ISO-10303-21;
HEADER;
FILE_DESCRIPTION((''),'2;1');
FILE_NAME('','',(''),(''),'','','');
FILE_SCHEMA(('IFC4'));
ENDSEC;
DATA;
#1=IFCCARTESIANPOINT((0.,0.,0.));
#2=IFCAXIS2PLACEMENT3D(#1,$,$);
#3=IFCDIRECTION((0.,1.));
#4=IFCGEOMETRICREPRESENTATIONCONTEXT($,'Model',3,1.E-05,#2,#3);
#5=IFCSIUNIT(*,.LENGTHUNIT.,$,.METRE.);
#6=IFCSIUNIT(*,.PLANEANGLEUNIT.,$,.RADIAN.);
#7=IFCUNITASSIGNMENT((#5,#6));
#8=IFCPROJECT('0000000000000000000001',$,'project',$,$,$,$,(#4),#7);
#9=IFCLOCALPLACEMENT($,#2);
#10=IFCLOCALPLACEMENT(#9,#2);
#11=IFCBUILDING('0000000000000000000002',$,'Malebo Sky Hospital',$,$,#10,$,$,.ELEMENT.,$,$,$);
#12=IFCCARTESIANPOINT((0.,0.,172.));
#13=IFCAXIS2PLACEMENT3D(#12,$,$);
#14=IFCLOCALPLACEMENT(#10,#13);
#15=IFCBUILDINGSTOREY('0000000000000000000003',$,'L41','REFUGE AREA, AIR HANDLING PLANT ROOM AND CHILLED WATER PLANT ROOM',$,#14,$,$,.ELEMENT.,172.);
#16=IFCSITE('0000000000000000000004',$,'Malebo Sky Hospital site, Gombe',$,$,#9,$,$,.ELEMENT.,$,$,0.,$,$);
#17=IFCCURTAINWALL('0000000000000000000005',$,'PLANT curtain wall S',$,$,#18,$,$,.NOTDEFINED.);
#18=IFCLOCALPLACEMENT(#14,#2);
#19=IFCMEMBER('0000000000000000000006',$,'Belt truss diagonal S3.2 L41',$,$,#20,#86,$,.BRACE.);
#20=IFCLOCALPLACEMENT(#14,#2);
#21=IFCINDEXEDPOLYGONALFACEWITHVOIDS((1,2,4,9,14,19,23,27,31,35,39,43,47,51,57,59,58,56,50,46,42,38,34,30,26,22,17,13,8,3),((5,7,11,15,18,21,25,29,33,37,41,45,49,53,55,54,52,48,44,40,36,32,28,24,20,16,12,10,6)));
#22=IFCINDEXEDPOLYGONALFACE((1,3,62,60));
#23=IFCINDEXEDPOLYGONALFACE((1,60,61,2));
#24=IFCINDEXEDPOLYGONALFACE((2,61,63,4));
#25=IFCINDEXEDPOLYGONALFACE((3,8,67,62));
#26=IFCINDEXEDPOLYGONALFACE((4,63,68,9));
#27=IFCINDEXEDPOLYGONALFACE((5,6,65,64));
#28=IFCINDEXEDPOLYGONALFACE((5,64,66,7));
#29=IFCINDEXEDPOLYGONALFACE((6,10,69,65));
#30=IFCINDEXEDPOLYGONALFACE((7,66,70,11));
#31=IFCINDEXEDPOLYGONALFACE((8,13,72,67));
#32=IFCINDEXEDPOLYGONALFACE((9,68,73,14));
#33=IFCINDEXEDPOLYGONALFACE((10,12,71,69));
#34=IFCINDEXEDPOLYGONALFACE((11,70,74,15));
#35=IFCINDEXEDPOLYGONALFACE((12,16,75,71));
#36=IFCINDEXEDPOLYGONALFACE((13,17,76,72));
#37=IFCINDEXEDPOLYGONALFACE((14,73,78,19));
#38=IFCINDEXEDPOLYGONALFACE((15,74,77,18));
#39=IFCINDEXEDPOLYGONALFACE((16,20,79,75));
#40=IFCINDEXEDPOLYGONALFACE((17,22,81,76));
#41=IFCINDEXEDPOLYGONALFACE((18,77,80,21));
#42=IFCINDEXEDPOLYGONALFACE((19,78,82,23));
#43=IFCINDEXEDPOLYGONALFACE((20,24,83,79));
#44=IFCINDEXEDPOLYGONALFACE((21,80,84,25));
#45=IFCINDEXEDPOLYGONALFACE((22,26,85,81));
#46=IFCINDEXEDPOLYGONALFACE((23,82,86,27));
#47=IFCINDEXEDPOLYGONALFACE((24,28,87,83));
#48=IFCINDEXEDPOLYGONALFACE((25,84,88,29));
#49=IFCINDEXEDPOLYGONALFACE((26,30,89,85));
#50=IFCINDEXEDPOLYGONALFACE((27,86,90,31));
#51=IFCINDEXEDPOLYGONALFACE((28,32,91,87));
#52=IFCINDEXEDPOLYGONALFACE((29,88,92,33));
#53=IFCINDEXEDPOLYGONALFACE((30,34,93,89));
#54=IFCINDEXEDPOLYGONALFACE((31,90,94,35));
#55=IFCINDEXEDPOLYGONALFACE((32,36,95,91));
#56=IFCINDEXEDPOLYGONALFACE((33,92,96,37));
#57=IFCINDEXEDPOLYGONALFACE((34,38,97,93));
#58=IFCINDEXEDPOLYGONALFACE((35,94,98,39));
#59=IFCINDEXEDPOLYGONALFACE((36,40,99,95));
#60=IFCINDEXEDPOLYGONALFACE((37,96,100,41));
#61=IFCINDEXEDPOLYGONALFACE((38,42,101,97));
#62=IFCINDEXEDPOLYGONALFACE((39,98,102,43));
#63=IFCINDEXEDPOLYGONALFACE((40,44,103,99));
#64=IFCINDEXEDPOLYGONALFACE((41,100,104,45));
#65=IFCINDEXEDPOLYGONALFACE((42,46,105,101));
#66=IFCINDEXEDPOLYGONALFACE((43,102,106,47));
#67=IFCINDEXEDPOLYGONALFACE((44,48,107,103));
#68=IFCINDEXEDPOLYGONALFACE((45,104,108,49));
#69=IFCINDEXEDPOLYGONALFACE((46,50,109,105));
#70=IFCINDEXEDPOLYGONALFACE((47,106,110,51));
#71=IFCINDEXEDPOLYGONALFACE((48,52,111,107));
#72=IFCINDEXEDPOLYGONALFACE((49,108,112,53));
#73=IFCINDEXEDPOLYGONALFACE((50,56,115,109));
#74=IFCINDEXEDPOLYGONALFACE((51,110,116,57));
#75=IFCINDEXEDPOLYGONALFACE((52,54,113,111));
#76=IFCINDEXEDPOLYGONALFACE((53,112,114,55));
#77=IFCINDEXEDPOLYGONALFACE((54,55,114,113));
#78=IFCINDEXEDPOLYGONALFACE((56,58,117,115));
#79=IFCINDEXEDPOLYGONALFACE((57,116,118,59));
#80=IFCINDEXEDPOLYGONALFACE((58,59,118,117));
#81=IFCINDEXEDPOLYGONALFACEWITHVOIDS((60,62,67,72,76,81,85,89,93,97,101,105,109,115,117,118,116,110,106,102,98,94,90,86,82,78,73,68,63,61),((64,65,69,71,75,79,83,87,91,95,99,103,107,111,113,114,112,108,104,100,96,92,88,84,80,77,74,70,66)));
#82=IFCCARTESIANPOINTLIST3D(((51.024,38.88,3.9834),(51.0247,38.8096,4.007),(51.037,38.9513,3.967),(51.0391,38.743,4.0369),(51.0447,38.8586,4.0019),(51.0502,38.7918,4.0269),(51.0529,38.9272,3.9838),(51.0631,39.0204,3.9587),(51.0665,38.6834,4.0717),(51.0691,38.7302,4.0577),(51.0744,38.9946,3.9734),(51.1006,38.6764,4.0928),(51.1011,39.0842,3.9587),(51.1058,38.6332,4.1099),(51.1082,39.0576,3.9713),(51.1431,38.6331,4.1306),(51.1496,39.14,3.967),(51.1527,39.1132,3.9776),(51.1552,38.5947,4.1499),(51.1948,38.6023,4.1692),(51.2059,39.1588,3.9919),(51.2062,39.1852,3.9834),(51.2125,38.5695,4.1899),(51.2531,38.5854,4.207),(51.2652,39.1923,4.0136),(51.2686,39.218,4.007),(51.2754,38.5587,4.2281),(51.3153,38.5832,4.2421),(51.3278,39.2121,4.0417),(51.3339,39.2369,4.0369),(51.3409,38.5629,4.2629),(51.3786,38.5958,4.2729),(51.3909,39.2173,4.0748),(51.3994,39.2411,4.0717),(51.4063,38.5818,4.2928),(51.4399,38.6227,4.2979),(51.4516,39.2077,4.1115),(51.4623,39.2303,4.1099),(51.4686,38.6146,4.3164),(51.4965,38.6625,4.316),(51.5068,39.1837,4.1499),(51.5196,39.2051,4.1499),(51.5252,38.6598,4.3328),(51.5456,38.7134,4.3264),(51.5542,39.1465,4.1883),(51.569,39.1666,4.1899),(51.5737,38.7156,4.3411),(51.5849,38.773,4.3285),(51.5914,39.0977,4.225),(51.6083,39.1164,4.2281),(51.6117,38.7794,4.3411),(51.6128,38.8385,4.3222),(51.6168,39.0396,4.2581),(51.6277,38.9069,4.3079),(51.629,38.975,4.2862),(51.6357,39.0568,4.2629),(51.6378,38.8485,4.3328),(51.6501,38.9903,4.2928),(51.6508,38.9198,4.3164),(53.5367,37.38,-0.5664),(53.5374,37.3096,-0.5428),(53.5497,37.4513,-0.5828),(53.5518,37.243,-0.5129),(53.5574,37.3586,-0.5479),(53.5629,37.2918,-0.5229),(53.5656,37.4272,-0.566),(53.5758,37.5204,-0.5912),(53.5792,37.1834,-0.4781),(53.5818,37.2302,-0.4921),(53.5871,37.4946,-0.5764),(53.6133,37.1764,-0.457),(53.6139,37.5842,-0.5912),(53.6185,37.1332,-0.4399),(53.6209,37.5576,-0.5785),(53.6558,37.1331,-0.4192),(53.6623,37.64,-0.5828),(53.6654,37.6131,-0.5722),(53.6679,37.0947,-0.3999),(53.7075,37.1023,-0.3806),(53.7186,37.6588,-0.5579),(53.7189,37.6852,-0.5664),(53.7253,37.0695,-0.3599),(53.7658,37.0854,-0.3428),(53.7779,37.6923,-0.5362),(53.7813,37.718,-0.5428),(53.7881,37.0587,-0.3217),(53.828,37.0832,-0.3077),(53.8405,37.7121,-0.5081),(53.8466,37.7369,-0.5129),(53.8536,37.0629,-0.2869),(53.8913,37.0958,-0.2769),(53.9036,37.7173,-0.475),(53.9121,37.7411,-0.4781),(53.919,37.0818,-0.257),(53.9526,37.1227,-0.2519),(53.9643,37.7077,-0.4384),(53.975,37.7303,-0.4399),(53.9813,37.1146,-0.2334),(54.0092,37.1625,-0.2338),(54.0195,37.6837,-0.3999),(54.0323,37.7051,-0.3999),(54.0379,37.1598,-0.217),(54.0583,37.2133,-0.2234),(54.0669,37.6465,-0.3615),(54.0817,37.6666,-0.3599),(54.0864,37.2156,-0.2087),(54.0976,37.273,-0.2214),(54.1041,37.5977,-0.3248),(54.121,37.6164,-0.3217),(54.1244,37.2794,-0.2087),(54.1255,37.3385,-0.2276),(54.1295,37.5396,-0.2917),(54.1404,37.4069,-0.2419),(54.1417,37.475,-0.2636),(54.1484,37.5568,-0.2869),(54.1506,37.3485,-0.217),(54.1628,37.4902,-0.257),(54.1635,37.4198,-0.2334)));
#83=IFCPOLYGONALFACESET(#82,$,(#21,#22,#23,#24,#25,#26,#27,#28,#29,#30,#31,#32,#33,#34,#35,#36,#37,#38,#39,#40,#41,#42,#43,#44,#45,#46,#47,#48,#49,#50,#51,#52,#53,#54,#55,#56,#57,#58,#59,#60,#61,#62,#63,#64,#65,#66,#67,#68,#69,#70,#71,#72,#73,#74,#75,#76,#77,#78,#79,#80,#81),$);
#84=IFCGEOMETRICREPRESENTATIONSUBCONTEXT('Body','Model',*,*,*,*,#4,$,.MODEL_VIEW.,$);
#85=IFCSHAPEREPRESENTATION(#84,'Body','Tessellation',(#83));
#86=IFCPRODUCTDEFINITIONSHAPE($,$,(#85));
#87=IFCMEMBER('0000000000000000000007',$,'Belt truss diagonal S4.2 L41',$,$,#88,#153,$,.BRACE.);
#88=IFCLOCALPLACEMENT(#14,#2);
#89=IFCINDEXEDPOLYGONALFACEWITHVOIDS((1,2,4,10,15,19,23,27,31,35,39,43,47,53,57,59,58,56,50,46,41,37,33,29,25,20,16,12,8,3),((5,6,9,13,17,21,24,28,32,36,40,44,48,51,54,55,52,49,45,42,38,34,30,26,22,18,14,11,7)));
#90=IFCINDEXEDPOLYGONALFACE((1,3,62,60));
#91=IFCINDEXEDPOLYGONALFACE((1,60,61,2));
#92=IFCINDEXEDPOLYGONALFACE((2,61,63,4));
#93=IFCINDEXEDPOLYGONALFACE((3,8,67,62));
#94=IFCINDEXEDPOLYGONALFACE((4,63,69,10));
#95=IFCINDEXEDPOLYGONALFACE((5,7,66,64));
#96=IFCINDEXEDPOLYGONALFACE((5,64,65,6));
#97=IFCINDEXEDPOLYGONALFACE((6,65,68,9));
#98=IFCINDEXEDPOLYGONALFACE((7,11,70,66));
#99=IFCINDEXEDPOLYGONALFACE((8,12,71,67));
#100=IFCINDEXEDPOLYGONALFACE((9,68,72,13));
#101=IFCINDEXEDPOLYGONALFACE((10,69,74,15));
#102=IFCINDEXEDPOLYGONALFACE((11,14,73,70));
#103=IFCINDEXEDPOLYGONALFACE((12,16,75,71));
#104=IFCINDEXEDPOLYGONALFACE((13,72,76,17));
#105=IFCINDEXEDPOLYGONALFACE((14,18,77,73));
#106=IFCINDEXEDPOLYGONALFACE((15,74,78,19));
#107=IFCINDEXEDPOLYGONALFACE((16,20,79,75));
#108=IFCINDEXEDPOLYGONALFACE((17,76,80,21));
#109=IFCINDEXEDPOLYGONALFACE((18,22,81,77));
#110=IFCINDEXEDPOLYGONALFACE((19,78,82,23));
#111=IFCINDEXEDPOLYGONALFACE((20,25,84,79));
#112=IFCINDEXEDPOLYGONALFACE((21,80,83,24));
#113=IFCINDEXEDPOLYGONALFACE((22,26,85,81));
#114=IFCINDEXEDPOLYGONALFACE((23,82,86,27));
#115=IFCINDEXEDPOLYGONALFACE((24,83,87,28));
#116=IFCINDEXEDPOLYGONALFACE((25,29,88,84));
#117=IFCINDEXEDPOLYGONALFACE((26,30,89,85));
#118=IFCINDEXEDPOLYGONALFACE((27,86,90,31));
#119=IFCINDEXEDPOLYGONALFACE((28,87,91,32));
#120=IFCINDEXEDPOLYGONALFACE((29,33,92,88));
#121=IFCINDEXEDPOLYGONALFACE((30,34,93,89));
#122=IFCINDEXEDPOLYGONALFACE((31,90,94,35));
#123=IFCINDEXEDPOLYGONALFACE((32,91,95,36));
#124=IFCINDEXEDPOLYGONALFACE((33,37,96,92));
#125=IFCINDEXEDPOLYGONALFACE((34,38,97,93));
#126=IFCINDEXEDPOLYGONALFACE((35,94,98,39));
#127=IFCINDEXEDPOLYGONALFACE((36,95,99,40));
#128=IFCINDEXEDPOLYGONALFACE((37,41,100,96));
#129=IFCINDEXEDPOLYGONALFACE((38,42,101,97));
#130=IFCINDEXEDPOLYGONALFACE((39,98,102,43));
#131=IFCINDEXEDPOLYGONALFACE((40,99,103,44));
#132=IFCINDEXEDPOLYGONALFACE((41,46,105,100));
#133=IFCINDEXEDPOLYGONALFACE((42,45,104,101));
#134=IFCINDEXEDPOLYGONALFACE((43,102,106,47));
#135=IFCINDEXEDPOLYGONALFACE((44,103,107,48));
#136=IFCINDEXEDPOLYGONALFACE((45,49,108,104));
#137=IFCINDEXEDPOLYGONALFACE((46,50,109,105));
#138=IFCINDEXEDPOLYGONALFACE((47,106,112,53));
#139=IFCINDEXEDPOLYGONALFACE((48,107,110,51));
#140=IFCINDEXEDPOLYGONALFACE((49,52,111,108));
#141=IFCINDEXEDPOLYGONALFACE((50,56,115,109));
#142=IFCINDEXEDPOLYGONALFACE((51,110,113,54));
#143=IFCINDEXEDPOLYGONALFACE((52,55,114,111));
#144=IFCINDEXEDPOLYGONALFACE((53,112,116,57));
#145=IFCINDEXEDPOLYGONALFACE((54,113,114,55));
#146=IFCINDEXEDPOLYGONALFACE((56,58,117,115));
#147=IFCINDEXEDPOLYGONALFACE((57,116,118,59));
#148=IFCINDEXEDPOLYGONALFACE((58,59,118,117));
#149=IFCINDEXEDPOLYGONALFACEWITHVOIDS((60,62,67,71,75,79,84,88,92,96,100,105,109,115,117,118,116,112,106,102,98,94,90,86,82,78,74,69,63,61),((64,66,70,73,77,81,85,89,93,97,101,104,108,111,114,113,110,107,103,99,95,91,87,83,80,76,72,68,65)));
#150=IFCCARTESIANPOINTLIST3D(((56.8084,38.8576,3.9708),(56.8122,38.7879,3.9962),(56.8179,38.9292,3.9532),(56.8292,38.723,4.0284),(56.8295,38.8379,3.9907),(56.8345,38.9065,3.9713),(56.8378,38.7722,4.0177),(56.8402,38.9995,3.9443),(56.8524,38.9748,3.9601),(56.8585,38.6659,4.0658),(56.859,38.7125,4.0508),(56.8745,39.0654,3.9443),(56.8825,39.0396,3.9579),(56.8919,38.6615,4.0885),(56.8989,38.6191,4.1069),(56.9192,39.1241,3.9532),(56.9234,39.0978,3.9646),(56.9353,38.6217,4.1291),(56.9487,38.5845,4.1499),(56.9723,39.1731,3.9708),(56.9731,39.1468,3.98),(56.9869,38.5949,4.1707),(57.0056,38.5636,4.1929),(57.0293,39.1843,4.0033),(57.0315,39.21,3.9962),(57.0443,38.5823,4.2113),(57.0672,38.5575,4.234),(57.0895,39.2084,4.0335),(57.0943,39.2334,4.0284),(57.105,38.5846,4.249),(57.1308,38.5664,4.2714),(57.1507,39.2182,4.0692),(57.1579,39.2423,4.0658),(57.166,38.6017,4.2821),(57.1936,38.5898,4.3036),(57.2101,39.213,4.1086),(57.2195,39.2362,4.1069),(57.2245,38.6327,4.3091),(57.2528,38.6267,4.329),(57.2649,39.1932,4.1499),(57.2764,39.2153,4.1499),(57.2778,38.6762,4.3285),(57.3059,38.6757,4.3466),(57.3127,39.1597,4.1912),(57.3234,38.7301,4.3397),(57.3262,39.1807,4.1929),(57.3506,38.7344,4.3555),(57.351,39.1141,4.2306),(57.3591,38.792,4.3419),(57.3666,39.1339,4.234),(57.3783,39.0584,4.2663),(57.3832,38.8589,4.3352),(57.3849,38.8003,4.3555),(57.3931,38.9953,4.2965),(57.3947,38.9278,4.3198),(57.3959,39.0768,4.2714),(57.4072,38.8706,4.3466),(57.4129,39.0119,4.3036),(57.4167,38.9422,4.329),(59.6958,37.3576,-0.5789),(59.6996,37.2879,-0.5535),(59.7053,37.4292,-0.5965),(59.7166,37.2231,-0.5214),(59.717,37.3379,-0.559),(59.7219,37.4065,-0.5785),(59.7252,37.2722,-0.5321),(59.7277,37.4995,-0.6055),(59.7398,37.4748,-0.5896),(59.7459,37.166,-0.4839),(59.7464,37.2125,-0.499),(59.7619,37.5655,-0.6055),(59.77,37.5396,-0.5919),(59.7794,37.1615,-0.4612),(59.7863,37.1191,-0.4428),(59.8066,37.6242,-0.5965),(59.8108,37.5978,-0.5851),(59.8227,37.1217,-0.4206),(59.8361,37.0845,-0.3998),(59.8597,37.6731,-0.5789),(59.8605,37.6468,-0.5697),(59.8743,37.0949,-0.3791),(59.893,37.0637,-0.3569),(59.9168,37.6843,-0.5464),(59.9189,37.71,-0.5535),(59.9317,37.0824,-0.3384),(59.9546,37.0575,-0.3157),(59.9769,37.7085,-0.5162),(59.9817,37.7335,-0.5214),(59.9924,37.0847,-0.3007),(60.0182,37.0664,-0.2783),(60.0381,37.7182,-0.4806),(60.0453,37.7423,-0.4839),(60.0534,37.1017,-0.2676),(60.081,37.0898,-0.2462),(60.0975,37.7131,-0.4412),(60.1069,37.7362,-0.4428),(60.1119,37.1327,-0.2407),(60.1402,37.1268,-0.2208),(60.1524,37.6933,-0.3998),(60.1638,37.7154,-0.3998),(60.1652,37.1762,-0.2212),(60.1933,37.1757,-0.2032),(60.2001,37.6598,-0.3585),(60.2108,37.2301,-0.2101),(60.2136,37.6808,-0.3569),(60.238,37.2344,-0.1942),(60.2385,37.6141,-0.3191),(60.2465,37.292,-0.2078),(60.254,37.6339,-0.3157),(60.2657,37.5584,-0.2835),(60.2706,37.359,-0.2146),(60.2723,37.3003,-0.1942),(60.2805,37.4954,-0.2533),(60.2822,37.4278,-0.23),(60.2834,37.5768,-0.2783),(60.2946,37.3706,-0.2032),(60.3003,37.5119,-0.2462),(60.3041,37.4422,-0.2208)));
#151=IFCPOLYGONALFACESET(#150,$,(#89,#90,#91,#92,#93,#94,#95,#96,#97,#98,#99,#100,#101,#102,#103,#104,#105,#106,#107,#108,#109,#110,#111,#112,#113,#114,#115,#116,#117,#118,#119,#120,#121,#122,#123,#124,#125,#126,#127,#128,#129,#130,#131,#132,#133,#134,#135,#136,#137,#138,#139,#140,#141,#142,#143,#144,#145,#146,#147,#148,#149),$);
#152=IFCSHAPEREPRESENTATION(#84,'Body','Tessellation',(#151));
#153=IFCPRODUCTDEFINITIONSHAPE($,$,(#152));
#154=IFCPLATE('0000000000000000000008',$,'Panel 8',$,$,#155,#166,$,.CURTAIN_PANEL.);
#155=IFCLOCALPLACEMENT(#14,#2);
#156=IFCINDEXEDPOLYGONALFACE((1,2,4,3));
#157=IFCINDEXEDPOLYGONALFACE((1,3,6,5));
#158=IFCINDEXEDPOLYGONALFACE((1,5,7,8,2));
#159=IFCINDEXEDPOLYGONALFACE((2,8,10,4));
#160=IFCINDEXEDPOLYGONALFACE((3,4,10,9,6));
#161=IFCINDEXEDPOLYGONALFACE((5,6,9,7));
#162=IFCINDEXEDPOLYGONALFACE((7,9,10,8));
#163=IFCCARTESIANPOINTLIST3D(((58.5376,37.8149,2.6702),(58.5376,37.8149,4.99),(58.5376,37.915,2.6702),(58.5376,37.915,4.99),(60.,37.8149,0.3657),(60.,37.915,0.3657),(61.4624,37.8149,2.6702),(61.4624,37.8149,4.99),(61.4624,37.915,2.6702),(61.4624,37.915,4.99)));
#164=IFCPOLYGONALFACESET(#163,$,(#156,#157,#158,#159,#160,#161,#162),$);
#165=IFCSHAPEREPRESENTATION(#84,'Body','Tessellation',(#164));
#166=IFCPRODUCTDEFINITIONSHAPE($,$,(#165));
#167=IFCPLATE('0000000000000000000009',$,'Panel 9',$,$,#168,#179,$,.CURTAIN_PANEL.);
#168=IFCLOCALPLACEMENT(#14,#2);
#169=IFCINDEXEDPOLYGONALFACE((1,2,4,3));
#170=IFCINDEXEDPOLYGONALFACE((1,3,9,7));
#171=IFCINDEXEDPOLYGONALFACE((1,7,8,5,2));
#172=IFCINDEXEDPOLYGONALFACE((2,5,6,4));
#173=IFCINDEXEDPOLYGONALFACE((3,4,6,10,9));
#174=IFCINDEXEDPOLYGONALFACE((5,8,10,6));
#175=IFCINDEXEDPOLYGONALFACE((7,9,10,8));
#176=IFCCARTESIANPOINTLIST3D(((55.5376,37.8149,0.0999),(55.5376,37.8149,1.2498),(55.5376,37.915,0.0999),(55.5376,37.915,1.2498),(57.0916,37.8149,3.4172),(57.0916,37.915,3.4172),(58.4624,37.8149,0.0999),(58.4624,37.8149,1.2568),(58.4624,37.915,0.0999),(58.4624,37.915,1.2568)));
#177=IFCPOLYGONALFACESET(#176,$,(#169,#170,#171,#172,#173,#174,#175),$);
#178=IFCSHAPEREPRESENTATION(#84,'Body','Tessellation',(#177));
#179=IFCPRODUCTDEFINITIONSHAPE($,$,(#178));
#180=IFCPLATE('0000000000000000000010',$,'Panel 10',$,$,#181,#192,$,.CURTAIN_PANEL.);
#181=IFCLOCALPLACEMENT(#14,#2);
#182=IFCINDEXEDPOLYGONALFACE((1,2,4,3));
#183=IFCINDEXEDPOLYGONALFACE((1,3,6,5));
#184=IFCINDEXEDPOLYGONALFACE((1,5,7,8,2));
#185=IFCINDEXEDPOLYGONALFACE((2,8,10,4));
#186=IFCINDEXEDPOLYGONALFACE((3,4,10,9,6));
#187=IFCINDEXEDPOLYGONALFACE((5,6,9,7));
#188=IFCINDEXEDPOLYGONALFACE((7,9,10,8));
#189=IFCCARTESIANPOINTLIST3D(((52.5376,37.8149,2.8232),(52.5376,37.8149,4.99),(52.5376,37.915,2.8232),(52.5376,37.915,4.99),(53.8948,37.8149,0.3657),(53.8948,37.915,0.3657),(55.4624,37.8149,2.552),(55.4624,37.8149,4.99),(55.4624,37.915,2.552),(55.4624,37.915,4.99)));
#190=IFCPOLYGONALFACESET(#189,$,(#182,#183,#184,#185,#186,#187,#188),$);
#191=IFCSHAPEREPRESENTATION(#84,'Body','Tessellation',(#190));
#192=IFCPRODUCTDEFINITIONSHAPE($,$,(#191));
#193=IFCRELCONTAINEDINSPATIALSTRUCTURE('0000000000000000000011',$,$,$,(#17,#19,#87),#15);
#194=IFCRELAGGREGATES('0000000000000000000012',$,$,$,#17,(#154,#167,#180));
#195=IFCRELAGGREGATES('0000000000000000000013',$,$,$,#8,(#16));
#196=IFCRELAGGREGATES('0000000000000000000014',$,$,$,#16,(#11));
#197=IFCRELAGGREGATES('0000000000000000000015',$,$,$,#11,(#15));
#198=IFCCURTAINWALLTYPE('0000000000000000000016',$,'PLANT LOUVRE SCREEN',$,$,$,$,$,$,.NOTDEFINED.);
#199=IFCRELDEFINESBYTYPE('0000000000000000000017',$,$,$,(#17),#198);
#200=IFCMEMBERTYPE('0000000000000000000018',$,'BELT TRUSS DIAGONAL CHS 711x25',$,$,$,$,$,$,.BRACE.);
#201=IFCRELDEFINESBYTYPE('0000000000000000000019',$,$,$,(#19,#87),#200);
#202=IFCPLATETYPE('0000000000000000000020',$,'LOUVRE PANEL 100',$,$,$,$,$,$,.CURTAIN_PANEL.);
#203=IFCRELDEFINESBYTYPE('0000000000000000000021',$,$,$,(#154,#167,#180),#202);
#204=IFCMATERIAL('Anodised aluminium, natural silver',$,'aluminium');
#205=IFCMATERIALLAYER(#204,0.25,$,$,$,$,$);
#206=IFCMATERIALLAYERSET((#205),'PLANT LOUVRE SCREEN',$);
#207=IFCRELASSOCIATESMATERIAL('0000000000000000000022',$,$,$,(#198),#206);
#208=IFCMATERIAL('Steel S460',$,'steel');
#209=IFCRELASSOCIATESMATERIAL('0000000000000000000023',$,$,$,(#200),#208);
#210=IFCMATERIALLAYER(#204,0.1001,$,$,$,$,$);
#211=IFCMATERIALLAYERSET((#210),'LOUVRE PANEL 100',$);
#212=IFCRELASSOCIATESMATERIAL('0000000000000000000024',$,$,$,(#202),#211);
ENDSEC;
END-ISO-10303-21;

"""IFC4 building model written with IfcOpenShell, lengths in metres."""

from ifc_helpers import new_model, si_unit, direction, frame, origin, origin_2d, place, context, subcontext, project, spatial, polyline, hollow_circle, outline, extrude, material, layer, layer_set, material_profile, profile_set, type_object, element, aggregate, save


model = new_model("IFC4")

# Units and contexts
model_context = context("Model", 3, precision=1e-05, world=origin(), true_north=direction((0.0, 1.0)))
body_context = subcontext(model_context, "Body", "Model", "MODEL_VIEW")
ifc_project = project(units=[si_unit("LENGTHUNIT", "METRE"), si_unit("PLANEANGLEUNIT", "RADIAN")], contexts=[model_context])

# Site, building, storey
site_placement = place(None, origin())
site = spatial("IfcSite", under=ifc_project, at=site_placement, Name="Malebo Sky Hospital site, Gombe", CompositionType="ELEMENT", RefElevation=0.0)
building_placement = place(site_placement, origin())
building = spatial("IfcBuilding", under=site, at=building_placement, Name="Malebo Sky Hospital", CompositionType="ELEMENT")
storey_placement = place(building_placement, frame((0.0, 0.0, 172.0)))
storey = spatial("IfcBuildingStorey", under=building, at=storey_placement, Name="L41", Description="REFUGE AREA, AIR HANDLING PLANT ROOM AND CHILLED WATER PLANT ROOM", CompositionType="ELEMENT", Elevation=172.0)

# Curtain wall
ifc_material_1 = material(Name="Anodised aluminium, natural silver", Category="aluminium")
ifc_layer_1 = layer(ifc_material_1, 0.25)
ifc_layer_set_1 = layer_set([ifc_layer_1], Name="PLANT LOUVRE SCREEN")
curtain_wall_type = type_object("IfcCurtainWallType", Name="PLANT LOUVRE SCREEN", PredefinedType="NOTDEFINED", material=ifc_layer_set_1)
curtain_wall_placement = place(storey_placement, origin())
curtain_wall = element("IfcCurtainWall", 1, at=curtain_wall_placement, inside=storey, type_object=curtain_wall_type, Name="PLANT curtain wall S", PredefinedType="NOTDEFINED")

# Members
ifc_material_2 = material(Name="Steel S460", Category="steel")
ifc_material_profile_1 = material_profile(ifc_material_2, hollow_circle(Radius=0.3555, WallThickness=0.0249, at=origin_2d()), Name="CHS 711x25")
ifc_profile_set_1 = profile_set([ifc_material_profile_1], Name="Steel S460")
member_type_1 = type_object("IfcMemberType", Name="BELT TRUSS DIAGONAL CHS 711x25", PredefinedType="BRACE", material=ifc_profile_set_1)
member_1_placement = place(storey_placement, frame((51.3374, 38.8999, 4.1499), z_axis=(0.464484, -0.277282, -0.841053), x_axis=(0.512581, 0.858639, 0.0)))
element("IfcMember", 2, at=member_1_placement, inside=storey, type_object=member_type_1, Name="Belt truss diagonal S3.2 L41", PredefinedType="BRACE", context=body_context, shape_type="SweptSolid", body=[
    extrude(hollow_circle(Radius=0.3555, WallThickness=0.0249, at=origin_2d()), origin(), (0.0, 0.0, 1.0), 5.4097),
])
member_2_placement = place(storey_placement, frame((57.1125, 38.8999, 4.1499), z_axis=(0.516208, -0.268165, -0.813398), x_axis=(0.460996, 0.887402, 0.0)))
element("IfcMember", 3, at=member_2_placement, inside=storey, type_object=member_type_1, Name="Belt truss diagonal S4.2 L41", PredefinedType="BRACE", context=body_context, shape_type="SweptSolid", body=[
    extrude(hollow_circle(Radius=0.3555, WallThickness=0.0249, at=origin_2d()), origin(), (0.0, 0.0, 1.0), 5.5935),
])

# Plates
ifc_layer_2 = layer(ifc_material_1, 0.1001)
ifc_layer_set_2 = layer_set([ifc_layer_2], Name="LOUVRE PANEL 100")
plate_type = type_object("IfcPlateType", Name="LOUVRE PANEL 100", PredefinedType="CURTAIN_PANEL", material=ifc_layer_set_2)
plate_1_placement = place(storey_placement, frame((60.0, 37.865, 0.3657), z_axis=(0.0, 0.0, 1.0), x_axis=(-1.0, 0.0, 0.0)))
plate_1 = element("IfcPlate", 4, at=plate_1_placement, type_object=plate_type, Name="Panel 8", PredefinedType="CURTAIN_PANEL", context=body_context, shape_type="SweptSolid", body=[
    extrude(outline(polyline([(0.0, 0.0), (1.4624, 2.3044), (1.4624, 4.6243), (-1.4624, 4.6243), (-1.4624, 2.3044), (0.0, 0.0)])), frame((0.0, 0.05, 0.0), z_axis=(0.0, -1.0, 0.0), x_axis=(1.0, 0.0, 0.0)), (0.0, 0.0, 1.0), 0.1001),
])
plate_2_placement = place(storey_placement, frame((57.0, 37.865, 0.0999), z_axis=(0.0, 0.0, 1.0), x_axis=(-1.0, 0.0, 0.0)))
plate_2 = element("IfcPlate", 5, at=plate_2_placement, type_object=plate_type, Name="Panel 9", PredefinedType="CURTAIN_PANEL", context=body_context, shape_type="SweptSolid", body=[
    extrude(outline(polyline([(-1.4624, 0.0), (1.4624, 0.0), (1.4624, 1.1499), (-0.0916, 3.3174), (-1.4624, 1.157), (-1.4624, 0.0)])), frame((0.0, 0.05, 0.0), z_axis=(0.0, -1.0, 0.0), x_axis=(1.0, 0.0, 0.0)), (0.0, 0.0, 1.0), 0.1001),
])
plate_3_placement = place(storey_placement, frame((54.0, 37.865, 0.3657), z_axis=(0.0, 0.0, 1.0), x_axis=(-1.0, 0.0, 0.0)))
plate_3 = element("IfcPlate", 6, at=plate_3_placement, type_object=plate_type, Name="Panel 10", PredefinedType="CURTAIN_PANEL", context=body_context, shape_type="SweptSolid", body=[
    extrude(outline(polyline([(0.1052, 0.0), (1.4624, 2.4575), (1.4624, 4.6243), (-1.4624, 4.6243), (-1.4624, 2.1863), (0.1052, 0.0)])), frame((0.0, 0.05, 0.0), z_axis=(0.0, -1.0, 0.0), x_axis=(1.0, 0.0, 0.0)), (0.0, 0.0, 1.0), 0.1001),
])
aggregate(curtain_wall, [plate_1, plate_2, plate_3])

save(model, "model.ifc")
